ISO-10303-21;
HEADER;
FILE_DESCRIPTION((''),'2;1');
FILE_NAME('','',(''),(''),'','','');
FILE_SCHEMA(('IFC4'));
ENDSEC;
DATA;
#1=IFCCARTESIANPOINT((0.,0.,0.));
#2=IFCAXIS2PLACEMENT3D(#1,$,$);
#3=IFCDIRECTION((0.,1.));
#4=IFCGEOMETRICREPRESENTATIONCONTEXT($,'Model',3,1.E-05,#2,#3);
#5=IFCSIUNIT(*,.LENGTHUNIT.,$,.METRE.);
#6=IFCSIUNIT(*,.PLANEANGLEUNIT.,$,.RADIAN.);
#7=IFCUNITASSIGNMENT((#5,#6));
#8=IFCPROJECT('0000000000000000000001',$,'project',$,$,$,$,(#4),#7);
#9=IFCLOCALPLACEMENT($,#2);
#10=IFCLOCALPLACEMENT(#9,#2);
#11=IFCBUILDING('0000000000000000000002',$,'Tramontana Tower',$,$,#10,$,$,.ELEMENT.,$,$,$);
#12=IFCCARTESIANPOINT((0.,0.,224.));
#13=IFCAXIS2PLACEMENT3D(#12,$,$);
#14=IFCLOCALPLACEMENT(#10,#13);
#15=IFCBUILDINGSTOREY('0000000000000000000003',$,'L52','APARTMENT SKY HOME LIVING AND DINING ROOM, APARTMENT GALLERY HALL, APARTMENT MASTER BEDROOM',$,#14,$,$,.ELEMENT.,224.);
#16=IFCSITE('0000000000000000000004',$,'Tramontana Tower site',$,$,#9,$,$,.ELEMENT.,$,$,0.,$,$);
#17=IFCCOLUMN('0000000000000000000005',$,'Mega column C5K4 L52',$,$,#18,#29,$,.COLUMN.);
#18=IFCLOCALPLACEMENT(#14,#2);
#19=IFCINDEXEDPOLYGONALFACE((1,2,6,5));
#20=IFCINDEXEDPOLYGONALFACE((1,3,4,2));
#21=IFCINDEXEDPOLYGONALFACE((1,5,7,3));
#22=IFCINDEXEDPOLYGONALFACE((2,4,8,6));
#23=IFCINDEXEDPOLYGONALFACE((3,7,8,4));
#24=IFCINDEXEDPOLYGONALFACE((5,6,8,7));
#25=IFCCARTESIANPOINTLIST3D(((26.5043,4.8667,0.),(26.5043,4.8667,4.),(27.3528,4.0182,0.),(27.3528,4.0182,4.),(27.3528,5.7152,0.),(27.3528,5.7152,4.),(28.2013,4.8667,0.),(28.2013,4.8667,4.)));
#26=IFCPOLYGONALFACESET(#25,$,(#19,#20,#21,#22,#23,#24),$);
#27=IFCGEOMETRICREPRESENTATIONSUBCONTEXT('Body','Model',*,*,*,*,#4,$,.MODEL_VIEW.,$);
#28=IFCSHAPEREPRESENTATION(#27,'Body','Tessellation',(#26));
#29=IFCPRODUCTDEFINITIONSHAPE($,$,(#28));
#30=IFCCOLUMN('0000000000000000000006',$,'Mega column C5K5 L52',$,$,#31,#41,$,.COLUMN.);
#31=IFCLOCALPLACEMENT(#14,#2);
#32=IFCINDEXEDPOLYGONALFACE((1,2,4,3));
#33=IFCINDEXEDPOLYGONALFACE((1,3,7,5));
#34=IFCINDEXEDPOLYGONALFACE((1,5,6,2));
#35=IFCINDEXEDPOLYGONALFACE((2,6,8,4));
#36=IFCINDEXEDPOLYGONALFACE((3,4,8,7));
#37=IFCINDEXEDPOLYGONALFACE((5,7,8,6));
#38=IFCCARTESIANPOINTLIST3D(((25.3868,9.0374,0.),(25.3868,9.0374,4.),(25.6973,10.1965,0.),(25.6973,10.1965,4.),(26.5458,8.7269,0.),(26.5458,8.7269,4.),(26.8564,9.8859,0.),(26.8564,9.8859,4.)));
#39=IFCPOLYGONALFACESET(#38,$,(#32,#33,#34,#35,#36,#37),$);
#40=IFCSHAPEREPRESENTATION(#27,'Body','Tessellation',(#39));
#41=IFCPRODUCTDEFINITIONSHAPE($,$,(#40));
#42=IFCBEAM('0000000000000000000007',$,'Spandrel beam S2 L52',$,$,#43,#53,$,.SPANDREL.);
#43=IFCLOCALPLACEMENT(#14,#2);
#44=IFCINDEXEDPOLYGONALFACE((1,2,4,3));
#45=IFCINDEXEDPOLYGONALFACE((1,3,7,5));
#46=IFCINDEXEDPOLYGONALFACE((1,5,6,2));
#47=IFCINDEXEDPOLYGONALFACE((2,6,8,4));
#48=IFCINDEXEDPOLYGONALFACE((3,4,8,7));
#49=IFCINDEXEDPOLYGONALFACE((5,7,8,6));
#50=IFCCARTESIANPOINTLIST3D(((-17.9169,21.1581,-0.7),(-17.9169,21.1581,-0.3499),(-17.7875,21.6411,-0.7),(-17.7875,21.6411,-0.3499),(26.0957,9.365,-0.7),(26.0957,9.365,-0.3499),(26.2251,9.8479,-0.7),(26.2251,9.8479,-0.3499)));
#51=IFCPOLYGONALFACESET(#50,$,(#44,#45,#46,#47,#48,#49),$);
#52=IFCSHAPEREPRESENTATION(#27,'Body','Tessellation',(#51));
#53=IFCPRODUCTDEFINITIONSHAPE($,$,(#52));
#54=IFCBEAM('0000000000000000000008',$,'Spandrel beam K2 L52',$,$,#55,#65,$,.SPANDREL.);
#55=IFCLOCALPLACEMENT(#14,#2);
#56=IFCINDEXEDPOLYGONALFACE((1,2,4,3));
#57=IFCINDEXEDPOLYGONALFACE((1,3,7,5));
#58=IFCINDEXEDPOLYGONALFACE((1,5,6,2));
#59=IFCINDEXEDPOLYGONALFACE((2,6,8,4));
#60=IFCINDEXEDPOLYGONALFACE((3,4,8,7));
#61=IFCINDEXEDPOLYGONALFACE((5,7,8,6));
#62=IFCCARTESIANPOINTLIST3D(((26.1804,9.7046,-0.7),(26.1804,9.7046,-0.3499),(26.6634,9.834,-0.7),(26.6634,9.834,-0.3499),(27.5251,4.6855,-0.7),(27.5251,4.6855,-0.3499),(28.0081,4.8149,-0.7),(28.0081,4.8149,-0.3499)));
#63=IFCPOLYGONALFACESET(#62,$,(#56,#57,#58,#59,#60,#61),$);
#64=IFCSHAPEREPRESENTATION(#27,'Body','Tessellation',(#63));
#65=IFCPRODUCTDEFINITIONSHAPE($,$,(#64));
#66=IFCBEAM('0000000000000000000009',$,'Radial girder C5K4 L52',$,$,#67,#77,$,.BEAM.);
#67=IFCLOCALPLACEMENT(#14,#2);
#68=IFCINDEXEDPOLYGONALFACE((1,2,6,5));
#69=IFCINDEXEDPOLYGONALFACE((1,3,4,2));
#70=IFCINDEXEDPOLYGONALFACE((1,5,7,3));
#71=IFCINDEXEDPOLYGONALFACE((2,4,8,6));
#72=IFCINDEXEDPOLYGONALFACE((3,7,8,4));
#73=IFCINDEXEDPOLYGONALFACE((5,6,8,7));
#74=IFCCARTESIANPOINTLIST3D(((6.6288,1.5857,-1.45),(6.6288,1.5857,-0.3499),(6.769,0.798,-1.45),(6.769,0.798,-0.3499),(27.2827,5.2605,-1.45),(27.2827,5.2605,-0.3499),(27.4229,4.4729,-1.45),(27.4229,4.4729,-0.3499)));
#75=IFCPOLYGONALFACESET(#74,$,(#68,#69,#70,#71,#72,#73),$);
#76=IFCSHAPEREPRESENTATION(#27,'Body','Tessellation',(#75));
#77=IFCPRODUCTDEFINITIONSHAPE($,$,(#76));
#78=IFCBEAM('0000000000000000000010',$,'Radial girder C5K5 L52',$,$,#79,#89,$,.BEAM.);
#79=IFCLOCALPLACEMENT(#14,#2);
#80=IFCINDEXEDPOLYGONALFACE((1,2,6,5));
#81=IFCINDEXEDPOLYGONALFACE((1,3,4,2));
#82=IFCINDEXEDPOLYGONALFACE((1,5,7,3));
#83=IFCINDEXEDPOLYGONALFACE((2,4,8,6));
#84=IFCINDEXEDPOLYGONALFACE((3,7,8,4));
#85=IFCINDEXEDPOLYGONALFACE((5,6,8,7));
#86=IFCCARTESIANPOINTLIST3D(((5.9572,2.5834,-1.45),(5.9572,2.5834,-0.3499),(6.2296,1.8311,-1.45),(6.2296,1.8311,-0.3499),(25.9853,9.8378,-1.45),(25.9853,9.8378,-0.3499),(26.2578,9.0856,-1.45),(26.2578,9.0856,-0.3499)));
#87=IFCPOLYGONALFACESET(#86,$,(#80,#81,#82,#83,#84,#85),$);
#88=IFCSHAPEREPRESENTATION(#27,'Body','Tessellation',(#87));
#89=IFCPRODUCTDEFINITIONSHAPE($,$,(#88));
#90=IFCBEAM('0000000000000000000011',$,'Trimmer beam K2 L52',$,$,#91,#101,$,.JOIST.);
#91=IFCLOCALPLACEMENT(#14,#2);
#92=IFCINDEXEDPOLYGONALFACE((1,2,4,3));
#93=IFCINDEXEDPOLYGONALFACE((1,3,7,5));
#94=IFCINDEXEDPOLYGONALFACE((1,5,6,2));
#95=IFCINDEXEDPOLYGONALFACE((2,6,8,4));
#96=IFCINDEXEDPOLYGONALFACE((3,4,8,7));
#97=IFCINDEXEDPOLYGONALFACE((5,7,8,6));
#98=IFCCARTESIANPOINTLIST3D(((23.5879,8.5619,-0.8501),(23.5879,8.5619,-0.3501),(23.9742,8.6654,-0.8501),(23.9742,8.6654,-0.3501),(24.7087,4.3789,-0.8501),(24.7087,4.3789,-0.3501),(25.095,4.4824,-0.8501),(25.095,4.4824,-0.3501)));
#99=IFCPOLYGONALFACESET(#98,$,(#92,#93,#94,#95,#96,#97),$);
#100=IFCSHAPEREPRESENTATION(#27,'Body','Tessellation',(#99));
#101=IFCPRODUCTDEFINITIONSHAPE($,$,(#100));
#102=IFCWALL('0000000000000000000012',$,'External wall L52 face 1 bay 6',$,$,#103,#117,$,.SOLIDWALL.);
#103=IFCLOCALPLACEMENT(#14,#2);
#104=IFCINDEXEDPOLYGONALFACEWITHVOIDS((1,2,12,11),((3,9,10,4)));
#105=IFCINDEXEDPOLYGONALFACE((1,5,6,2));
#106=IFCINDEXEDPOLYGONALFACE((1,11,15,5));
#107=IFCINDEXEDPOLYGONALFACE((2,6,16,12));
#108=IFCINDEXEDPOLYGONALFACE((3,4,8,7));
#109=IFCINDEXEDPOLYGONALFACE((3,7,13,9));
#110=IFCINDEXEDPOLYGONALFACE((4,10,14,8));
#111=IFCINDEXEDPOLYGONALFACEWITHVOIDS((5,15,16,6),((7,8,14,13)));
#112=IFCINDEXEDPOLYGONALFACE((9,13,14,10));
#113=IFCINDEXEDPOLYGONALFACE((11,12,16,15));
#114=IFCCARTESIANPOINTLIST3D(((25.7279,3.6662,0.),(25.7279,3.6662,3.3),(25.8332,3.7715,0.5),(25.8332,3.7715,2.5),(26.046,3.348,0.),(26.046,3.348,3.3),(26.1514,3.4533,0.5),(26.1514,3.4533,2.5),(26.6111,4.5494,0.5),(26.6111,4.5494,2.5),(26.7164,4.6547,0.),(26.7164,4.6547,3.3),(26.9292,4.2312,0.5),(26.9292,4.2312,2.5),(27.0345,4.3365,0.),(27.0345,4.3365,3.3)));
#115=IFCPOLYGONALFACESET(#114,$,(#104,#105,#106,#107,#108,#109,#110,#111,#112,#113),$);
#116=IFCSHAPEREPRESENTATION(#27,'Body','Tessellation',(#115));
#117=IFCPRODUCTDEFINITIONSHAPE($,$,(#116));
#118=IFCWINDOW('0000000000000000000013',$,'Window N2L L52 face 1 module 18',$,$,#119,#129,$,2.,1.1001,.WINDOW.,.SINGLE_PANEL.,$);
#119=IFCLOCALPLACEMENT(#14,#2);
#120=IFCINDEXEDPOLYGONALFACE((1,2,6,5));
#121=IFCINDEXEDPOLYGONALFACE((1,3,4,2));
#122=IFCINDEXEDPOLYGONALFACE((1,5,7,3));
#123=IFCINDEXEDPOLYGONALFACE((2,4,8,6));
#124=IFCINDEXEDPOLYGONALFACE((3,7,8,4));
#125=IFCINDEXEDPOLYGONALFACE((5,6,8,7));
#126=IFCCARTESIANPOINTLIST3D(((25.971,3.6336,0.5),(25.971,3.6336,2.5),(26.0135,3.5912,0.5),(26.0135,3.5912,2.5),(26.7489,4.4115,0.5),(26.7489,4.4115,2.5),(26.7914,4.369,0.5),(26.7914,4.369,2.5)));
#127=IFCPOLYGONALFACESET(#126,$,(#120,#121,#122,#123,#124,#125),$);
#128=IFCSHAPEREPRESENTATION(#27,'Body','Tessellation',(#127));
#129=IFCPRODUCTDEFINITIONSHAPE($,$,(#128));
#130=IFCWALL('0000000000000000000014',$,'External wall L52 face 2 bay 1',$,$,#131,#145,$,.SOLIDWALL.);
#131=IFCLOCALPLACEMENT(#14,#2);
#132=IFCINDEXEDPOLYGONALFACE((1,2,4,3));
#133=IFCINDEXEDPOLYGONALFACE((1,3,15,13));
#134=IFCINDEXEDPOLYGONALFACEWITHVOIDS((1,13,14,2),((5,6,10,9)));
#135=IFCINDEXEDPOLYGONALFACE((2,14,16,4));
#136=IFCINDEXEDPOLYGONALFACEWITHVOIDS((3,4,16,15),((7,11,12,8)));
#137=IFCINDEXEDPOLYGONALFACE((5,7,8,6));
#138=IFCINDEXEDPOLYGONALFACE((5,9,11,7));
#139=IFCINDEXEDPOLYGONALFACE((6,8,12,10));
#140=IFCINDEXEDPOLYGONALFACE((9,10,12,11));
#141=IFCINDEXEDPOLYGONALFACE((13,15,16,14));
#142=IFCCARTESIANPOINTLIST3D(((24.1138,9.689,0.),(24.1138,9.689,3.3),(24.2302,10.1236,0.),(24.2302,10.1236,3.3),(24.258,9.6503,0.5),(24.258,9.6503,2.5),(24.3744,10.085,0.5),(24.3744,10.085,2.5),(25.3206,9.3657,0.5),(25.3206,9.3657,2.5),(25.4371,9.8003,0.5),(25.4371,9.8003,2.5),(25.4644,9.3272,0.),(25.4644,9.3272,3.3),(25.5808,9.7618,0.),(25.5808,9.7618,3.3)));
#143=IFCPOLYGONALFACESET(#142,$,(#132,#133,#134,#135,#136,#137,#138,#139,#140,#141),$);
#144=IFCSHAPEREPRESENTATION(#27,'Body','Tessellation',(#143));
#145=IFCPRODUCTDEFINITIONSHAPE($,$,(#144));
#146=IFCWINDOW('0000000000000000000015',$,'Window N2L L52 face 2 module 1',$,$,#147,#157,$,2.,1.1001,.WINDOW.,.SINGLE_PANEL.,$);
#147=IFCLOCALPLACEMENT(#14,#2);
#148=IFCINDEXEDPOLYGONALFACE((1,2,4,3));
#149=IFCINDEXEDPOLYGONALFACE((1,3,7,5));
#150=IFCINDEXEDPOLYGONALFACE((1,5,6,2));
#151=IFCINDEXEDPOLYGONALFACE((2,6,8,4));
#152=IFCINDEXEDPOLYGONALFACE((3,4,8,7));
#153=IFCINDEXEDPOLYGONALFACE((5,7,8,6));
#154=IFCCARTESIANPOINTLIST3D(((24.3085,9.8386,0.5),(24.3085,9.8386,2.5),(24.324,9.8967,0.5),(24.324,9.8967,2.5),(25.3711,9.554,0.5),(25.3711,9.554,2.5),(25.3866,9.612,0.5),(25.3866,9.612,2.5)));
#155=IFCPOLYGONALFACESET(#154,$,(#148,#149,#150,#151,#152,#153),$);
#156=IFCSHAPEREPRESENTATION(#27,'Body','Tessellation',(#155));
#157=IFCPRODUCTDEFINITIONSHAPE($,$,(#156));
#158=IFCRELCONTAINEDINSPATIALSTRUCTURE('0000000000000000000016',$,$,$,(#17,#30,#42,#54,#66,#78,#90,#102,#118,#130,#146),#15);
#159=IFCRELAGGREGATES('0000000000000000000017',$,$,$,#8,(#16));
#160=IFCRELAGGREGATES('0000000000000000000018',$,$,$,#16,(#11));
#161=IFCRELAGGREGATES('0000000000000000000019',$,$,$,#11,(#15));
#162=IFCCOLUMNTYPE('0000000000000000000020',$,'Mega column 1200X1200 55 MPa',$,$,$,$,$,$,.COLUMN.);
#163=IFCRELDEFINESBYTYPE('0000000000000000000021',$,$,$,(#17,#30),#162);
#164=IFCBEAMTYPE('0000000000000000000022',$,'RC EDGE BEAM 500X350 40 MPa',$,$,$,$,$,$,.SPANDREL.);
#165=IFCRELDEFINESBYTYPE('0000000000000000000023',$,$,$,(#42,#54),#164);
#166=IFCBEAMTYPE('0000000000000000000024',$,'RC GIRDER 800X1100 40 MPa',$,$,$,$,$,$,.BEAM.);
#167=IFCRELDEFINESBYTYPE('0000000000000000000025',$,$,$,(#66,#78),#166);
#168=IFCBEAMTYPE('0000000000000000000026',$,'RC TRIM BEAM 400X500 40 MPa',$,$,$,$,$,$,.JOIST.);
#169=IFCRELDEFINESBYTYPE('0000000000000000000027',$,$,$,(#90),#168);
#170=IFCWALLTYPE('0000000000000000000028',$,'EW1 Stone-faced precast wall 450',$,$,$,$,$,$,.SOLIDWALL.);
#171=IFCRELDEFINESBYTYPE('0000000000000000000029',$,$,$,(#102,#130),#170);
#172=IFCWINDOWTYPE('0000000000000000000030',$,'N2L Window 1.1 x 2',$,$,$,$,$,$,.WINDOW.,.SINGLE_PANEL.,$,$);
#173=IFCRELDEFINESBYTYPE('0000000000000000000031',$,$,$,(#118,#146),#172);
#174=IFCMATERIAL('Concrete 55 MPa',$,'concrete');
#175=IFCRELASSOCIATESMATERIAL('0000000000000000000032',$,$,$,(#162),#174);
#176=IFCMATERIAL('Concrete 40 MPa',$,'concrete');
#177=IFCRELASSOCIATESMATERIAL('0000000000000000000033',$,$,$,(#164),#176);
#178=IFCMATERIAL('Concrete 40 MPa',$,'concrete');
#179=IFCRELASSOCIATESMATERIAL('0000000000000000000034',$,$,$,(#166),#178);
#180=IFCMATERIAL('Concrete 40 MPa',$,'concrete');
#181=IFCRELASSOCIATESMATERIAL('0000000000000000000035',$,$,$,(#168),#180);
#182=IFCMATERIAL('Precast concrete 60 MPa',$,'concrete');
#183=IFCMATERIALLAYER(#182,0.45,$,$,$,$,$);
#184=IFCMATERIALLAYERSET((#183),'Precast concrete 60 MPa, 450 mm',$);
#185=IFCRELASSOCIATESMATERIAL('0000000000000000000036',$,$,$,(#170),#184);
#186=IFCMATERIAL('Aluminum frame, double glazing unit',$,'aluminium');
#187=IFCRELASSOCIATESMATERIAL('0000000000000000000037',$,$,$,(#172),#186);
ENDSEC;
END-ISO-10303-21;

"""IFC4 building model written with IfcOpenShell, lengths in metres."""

from ifc_helpers import new_model, si_unit, direction, frame, frame_2d, origin, origin_2d, place, context, subcontext, project, spatial, rectangle, extrude, material, layer, layer_set, material_profile, profile_set, type_object, element, fill, save


model = new_model("IFC4")

# Units and contexts
model_context = context("Model", 3, precision=1e-05, world=origin(), true_north=direction((0.0, 1.0)))
body_context = subcontext(model_context, "Body", "Model", "MODEL_VIEW")
ifc_project = project(units=[si_unit("LENGTHUNIT", "METRE"), si_unit("PLANEANGLEUNIT", "RADIAN")], contexts=[model_context])

# Site, building, storey
site_placement = place(None, origin())
site = spatial("IfcSite", under=ifc_project, at=site_placement, Name="Tramontana Tower site", CompositionType="ELEMENT", RefElevation=0.0)
building_placement = place(site_placement, origin())
building = spatial("IfcBuilding", under=site, at=building_placement, Name="Tramontana Tower", CompositionType="ELEMENT")
storey_placement = place(building_placement, frame((0.0, 0.0, 224.0)))
storey = spatial("IfcBuildingStorey", under=building, at=storey_placement, Name="L52", Description="APARTMENT SKY HOME LIVING AND DINING ROOM, APARTMENT GALLERY HALL, APARTMENT MASTER BEDROOM", CompositionType="ELEMENT", Elevation=224.0)

# Columns
ifc_material_1 = material(Name="Concrete 55 MPa", Category="concrete")
ifc_material_profile_1 = material_profile(ifc_material_1, rectangle(XDim=1.2, YDim=1.2, at=origin_2d()), Name="Mega column 1200X1200 55 MPa")
ifc_profile_set_1 = profile_set([ifc_material_profile_1], Name="Concrete 55 MPa")
column_type = type_object("IfcColumnType", Name="Mega column 1200X1200 55 MPa", PredefinedType="COLUMN", material=ifc_profile_set_1)
for number, where, z_axis, x_axis, name in (
    (1, (27.3528, 4.8667, 0.0), (0.0, 0.0, 1.0), (0.707107, 0.707107, 0.0), "Mega column C5K4 L52"),
    (2, (26.1216, 9.4617, 0.0), (0.0, 0.0, 1.0), (-0.965926, 0.258819, 0.0), "Mega column C5K5 L52"),
):
    element("IfcColumn", number, at=place(storey_placement, frame(where, z_axis=z_axis, x_axis=x_axis)), inside=storey, type_object=column_type, Name=name, PredefinedType="COLUMN", context=body_context, shape_type="SweptSolid", body=[
        extrude(rectangle(XDim=1.2, YDim=1.2, at=origin_2d()), origin(), (0.0, 0.0, 1.0), 4.0),
    ])

# Beams
ifc_material_2 = material(Name="Concrete 40 MPa", Category="concrete")
ifc_material_profile_2 = material_profile(ifc_material_2, rectangle(XDim=0.5, YDim=0.3501, at=origin_2d()), Name="RC EDGE BEAM 500X350 40 MPa")
ifc_profile_set_2 = profile_set([ifc_material_profile_2], Name="Concrete 40 MPa")
beam_type_1 = type_object("IfcBeamType", Name="RC EDGE BEAM 500X350 40 MPa", PredefinedType="SPANDREL", material=ifc_profile_set_2)
beam_1_placement = place(storey_placement, frame((26.1604, 9.6064, -0.5249), z_axis=(-0.965926, 0.25882, 0.0), x_axis=(-0.25882, -0.965926, 0.0)))
element("IfcBeam", 3, at=beam_1_placement, inside=storey, type_object=beam_type_1, Name="Spandrel beam S2 L52", PredefinedType="SPANDREL", context=body_context, shape_type="SweptSolid", body=[
    extrude(rectangle(XDim=0.5, YDim=0.3501, at=origin_2d()), origin(), (0.0, 0.0, 1.0), 45.5652),
])
beam_2_placement = place(storey_placement, frame((27.7666, 4.7502, -0.5249), z_axis=(-0.258797, 0.965932, 0.0), x_axis=(-0.965932, -0.258797, 0.0)))
element("IfcBeam", 4, at=beam_2_placement, inside=storey, type_object=beam_type_1, Name="Spandrel beam K2 L52", PredefinedType="SPANDREL", context=body_context, shape_type="SweptSolid", body=[
    extrude(rectangle(XDim=0.5, YDim=0.3501, at=origin_2d()), origin(), (0.0, 0.0, 1.0), 5.196),
])
ifc_material_3 = material(Name="Concrete 40 MPa", Category="concrete")
ifc_material_profile_3 = material_profile(ifc_material_3, rectangle(XDim=0.8, YDim=1.1001, at=origin_2d()), Name="RC GIRDER 800X1100 40 MPa")
ifc_profile_set_3 = profile_set([ifc_material_profile_3], Name="Concrete 40 MPa")
beam_type_2 = type_object("IfcBeamType", Name="RC GIRDER 800X1100 40 MPa", PredefinedType="BEAM", material=ifc_profile_set_3)
beam_3_placement = place(storey_placement, frame((27.3528, 4.8667, -0.8999), z_axis=(-0.984538, -0.175173, 0.0), x_axis=(0.175173, -0.984538, 0.0)))
element("IfcBeam", 5, at=beam_3_placement, inside=storey, type_object=beam_type_2, Name="Radial girder C5K4 L52", PredefinedType="BEAM", context=body_context, shape_type="SweptSolid", body=[
    extrude(rectangle(XDim=0.8, YDim=1.1001, at=origin_2d()), origin(), (0.0, 0.0, 1.0), 20.9783),
])
beam_4_placement = place(storey_placement, frame((26.1216, 9.4617, -0.8999), z_axis=(-0.940223, -0.340559, 0.0), x_axis=(0.340559, -0.940223, 0.0)))
element("IfcBeam", 6, at=beam_4_placement, inside=storey, type_object=beam_type_2, Name="Radial girder C5K5 L52", PredefinedType="BEAM", context=body_context, shape_type="SweptSolid", body=[
    extrude(rectangle(XDim=0.8, YDim=1.1001, at=origin_2d()), origin(), (0.0, 0.0, 1.0), 21.3015),
])
ifc_material_4 = material(Name="Concrete 40 MPa", Category="concrete")
ifc_material_profile_4 = material_profile(ifc_material_4, rectangle(XDim=0.3999, YDim=0.5, at=origin_2d()), Name="RC TRIM BEAM 400X500 40 MPa")
ifc_profile_set_4 = profile_set([ifc_material_profile_4], Name="Concrete 40 MPa")
beam_type_3 = type_object("IfcBeamType", Name="RC TRIM BEAM 400X500 40 MPa", PredefinedType="JOIST", material=ifc_profile_set_4)
beam_5_placement = place(storey_placement, frame((24.9019, 4.4307, -0.6001), z_axis=(-0.258817, 0.965926, 0.0), x_axis=(-0.965926, -0.258817, 0.0)))
element("IfcBeam", 7, at=beam_5_placement, inside=storey, type_object=beam_type_3, Name="Trimmer beam K2 L52", PredefinedType="JOIST", context=body_context, shape_type="SweptSolid", body=[
    extrude(rectangle(XDim=0.3999, YDim=0.5, at=origin_2d()), origin(), (0.0, 0.0, 1.0), 4.3306),
])

# Walls, openings, windows
ifc_material_5 = material(Name="Precast concrete 60 MPa", Category="concrete")
ifc_layer_1 = layer(ifc_material_5, 0.45)
ifc_layer_set_1 = layer_set([ifc_layer_1], Name="Precast concrete 60 MPa, 450 mm")
wall_type_1 = type_object("IfcWallType", Name="EW1 Stone-faced precast wall 450", PredefinedType="SOLIDWALL", material=ifc_layer_set_1)
wall_1_placement = place(storey_placement, frame((25.887, 3.5071, 0.0), z_axis=(0.0, 0.0, 1.0), x_axis=(0.707107, 0.707107, 0.0)))
wall_1 = element("IfcWall", 8, at=wall_1_placement, inside=storey, type_object=wall_type_1, Name="External wall L52 face 1 bay 6", PredefinedType="SOLIDWALL", context=body_context, shape_type="SweptSolid", body=[
    extrude(rectangle(XDim=1.3979, YDim=0.45, at=frame_2d((0.699, 0.0))), origin(), (0.0, 0.0, 1.0), 3.3),
])
opening_1_placement = place(wall_1_placement, frame((0.1489, 0.0, 0.5)))
opening_1 = element("IfcOpeningElement", 9, at=opening_1_placement, cuts=wall_1, PredefinedType="OPENING", context=body_context, shape_type="SweptSolid", body=[
    extrude(rectangle(XDim=1.1001, YDim=2.0, at=frame_2d((0.55, 1.0))), frame((0.0, 0.2349, 0.0), z_axis=(0.0, -1.0, 0.0), x_axis=(1.0, 0.0, 0.0)), (0.0, 0.0, 1.0), 0.47),
])
ifc_material_6 = material(Name="Aluminum frame, double glazing unit", Category="aluminium")
window_type_1 = type_object("IfcWindowType", Name="N2L Window 1.1 x 2", PartitioningType="SINGLE_PANEL", PredefinedType="WINDOW", material=ifc_material_6)
window_1_placement = place(opening_1_placement, origin())
window_1 = element("IfcWindow", 10, at=window_1_placement, inside=storey, type_object=window_type_1, Name="Window N2L L52 face 1 module 18", OverallHeight=2.0, OverallWidth=1.1001, PartitioningType="SINGLE_PANEL", PredefinedType="WINDOW", context=body_context, shape_type="SweptSolid", body=[
    extrude(rectangle(XDim=1.1001, YDim=2.0, at=frame_2d((0.55, 1.0))), frame((0.0, 0.03, 0.0), z_axis=(0.0, -1.0, 0.0), x_axis=(1.0, 0.0, 0.0)), (0.0, 0.0, 1.0), 0.0601),
])
fill(opening_1, window_1)
wall_2_placement = place(storey_placement, frame((25.5227, 9.5444, 0.0), z_axis=(0.0, 0.0, 1.0), x_axis=(-0.965939, 0.258771, 0.0)))
wall_2 = element("IfcWall", 11, at=wall_2_placement, inside=storey, type_object=wall_type_1, Name="External wall L52 face 2 bay 1", PredefinedType="SOLIDWALL", context=body_context, shape_type="SweptSolid", body=[
    extrude(rectangle(XDim=1.3982, YDim=0.45, at=frame_2d((0.6992, 0.0))), origin(), (0.0, 0.0, 1.0), 3.3),
])
opening_2_placement = place(wall_2_placement, frame((0.1489, 0.0, 0.5)))
opening_2 = element("IfcOpeningElement", 12, at=opening_2_placement, cuts=wall_2, PredefinedType="OPENING", context=body_context, shape_type="SweptSolid", body=[
    extrude(rectangle(XDim=1.1001, YDim=2.0, at=frame_2d((0.55, 1.0))), frame((0.0, 0.2349, 0.0), z_axis=(0.0, -1.0, 0.0), x_axis=(1.0, 0.0, 0.0)), (0.0, 0.0, 1.0), 0.47),
])
window_2_placement = place(opening_2_placement, origin())
window_2 = element("IfcWindow", 13, at=window_2_placement, inside=storey, type_object=window_type_1, Name="Window N2L L52 face 2 module 1", OverallHeight=2.0, OverallWidth=1.1001, PartitioningType="SINGLE_PANEL", PredefinedType="WINDOW", context=body_context, shape_type="SweptSolid", body=[
    extrude(rectangle(XDim=1.1001, YDim=2.0, at=frame_2d((0.55, 1.0))), frame((0.0, 0.03, 0.0), z_axis=(0.0, -1.0, 0.0), x_axis=(1.0, 0.0, 0.0)), (0.0, 0.0, 1.0), 0.0601),
])
fill(opening_2, window_2)

save(model, "model.ifc")
